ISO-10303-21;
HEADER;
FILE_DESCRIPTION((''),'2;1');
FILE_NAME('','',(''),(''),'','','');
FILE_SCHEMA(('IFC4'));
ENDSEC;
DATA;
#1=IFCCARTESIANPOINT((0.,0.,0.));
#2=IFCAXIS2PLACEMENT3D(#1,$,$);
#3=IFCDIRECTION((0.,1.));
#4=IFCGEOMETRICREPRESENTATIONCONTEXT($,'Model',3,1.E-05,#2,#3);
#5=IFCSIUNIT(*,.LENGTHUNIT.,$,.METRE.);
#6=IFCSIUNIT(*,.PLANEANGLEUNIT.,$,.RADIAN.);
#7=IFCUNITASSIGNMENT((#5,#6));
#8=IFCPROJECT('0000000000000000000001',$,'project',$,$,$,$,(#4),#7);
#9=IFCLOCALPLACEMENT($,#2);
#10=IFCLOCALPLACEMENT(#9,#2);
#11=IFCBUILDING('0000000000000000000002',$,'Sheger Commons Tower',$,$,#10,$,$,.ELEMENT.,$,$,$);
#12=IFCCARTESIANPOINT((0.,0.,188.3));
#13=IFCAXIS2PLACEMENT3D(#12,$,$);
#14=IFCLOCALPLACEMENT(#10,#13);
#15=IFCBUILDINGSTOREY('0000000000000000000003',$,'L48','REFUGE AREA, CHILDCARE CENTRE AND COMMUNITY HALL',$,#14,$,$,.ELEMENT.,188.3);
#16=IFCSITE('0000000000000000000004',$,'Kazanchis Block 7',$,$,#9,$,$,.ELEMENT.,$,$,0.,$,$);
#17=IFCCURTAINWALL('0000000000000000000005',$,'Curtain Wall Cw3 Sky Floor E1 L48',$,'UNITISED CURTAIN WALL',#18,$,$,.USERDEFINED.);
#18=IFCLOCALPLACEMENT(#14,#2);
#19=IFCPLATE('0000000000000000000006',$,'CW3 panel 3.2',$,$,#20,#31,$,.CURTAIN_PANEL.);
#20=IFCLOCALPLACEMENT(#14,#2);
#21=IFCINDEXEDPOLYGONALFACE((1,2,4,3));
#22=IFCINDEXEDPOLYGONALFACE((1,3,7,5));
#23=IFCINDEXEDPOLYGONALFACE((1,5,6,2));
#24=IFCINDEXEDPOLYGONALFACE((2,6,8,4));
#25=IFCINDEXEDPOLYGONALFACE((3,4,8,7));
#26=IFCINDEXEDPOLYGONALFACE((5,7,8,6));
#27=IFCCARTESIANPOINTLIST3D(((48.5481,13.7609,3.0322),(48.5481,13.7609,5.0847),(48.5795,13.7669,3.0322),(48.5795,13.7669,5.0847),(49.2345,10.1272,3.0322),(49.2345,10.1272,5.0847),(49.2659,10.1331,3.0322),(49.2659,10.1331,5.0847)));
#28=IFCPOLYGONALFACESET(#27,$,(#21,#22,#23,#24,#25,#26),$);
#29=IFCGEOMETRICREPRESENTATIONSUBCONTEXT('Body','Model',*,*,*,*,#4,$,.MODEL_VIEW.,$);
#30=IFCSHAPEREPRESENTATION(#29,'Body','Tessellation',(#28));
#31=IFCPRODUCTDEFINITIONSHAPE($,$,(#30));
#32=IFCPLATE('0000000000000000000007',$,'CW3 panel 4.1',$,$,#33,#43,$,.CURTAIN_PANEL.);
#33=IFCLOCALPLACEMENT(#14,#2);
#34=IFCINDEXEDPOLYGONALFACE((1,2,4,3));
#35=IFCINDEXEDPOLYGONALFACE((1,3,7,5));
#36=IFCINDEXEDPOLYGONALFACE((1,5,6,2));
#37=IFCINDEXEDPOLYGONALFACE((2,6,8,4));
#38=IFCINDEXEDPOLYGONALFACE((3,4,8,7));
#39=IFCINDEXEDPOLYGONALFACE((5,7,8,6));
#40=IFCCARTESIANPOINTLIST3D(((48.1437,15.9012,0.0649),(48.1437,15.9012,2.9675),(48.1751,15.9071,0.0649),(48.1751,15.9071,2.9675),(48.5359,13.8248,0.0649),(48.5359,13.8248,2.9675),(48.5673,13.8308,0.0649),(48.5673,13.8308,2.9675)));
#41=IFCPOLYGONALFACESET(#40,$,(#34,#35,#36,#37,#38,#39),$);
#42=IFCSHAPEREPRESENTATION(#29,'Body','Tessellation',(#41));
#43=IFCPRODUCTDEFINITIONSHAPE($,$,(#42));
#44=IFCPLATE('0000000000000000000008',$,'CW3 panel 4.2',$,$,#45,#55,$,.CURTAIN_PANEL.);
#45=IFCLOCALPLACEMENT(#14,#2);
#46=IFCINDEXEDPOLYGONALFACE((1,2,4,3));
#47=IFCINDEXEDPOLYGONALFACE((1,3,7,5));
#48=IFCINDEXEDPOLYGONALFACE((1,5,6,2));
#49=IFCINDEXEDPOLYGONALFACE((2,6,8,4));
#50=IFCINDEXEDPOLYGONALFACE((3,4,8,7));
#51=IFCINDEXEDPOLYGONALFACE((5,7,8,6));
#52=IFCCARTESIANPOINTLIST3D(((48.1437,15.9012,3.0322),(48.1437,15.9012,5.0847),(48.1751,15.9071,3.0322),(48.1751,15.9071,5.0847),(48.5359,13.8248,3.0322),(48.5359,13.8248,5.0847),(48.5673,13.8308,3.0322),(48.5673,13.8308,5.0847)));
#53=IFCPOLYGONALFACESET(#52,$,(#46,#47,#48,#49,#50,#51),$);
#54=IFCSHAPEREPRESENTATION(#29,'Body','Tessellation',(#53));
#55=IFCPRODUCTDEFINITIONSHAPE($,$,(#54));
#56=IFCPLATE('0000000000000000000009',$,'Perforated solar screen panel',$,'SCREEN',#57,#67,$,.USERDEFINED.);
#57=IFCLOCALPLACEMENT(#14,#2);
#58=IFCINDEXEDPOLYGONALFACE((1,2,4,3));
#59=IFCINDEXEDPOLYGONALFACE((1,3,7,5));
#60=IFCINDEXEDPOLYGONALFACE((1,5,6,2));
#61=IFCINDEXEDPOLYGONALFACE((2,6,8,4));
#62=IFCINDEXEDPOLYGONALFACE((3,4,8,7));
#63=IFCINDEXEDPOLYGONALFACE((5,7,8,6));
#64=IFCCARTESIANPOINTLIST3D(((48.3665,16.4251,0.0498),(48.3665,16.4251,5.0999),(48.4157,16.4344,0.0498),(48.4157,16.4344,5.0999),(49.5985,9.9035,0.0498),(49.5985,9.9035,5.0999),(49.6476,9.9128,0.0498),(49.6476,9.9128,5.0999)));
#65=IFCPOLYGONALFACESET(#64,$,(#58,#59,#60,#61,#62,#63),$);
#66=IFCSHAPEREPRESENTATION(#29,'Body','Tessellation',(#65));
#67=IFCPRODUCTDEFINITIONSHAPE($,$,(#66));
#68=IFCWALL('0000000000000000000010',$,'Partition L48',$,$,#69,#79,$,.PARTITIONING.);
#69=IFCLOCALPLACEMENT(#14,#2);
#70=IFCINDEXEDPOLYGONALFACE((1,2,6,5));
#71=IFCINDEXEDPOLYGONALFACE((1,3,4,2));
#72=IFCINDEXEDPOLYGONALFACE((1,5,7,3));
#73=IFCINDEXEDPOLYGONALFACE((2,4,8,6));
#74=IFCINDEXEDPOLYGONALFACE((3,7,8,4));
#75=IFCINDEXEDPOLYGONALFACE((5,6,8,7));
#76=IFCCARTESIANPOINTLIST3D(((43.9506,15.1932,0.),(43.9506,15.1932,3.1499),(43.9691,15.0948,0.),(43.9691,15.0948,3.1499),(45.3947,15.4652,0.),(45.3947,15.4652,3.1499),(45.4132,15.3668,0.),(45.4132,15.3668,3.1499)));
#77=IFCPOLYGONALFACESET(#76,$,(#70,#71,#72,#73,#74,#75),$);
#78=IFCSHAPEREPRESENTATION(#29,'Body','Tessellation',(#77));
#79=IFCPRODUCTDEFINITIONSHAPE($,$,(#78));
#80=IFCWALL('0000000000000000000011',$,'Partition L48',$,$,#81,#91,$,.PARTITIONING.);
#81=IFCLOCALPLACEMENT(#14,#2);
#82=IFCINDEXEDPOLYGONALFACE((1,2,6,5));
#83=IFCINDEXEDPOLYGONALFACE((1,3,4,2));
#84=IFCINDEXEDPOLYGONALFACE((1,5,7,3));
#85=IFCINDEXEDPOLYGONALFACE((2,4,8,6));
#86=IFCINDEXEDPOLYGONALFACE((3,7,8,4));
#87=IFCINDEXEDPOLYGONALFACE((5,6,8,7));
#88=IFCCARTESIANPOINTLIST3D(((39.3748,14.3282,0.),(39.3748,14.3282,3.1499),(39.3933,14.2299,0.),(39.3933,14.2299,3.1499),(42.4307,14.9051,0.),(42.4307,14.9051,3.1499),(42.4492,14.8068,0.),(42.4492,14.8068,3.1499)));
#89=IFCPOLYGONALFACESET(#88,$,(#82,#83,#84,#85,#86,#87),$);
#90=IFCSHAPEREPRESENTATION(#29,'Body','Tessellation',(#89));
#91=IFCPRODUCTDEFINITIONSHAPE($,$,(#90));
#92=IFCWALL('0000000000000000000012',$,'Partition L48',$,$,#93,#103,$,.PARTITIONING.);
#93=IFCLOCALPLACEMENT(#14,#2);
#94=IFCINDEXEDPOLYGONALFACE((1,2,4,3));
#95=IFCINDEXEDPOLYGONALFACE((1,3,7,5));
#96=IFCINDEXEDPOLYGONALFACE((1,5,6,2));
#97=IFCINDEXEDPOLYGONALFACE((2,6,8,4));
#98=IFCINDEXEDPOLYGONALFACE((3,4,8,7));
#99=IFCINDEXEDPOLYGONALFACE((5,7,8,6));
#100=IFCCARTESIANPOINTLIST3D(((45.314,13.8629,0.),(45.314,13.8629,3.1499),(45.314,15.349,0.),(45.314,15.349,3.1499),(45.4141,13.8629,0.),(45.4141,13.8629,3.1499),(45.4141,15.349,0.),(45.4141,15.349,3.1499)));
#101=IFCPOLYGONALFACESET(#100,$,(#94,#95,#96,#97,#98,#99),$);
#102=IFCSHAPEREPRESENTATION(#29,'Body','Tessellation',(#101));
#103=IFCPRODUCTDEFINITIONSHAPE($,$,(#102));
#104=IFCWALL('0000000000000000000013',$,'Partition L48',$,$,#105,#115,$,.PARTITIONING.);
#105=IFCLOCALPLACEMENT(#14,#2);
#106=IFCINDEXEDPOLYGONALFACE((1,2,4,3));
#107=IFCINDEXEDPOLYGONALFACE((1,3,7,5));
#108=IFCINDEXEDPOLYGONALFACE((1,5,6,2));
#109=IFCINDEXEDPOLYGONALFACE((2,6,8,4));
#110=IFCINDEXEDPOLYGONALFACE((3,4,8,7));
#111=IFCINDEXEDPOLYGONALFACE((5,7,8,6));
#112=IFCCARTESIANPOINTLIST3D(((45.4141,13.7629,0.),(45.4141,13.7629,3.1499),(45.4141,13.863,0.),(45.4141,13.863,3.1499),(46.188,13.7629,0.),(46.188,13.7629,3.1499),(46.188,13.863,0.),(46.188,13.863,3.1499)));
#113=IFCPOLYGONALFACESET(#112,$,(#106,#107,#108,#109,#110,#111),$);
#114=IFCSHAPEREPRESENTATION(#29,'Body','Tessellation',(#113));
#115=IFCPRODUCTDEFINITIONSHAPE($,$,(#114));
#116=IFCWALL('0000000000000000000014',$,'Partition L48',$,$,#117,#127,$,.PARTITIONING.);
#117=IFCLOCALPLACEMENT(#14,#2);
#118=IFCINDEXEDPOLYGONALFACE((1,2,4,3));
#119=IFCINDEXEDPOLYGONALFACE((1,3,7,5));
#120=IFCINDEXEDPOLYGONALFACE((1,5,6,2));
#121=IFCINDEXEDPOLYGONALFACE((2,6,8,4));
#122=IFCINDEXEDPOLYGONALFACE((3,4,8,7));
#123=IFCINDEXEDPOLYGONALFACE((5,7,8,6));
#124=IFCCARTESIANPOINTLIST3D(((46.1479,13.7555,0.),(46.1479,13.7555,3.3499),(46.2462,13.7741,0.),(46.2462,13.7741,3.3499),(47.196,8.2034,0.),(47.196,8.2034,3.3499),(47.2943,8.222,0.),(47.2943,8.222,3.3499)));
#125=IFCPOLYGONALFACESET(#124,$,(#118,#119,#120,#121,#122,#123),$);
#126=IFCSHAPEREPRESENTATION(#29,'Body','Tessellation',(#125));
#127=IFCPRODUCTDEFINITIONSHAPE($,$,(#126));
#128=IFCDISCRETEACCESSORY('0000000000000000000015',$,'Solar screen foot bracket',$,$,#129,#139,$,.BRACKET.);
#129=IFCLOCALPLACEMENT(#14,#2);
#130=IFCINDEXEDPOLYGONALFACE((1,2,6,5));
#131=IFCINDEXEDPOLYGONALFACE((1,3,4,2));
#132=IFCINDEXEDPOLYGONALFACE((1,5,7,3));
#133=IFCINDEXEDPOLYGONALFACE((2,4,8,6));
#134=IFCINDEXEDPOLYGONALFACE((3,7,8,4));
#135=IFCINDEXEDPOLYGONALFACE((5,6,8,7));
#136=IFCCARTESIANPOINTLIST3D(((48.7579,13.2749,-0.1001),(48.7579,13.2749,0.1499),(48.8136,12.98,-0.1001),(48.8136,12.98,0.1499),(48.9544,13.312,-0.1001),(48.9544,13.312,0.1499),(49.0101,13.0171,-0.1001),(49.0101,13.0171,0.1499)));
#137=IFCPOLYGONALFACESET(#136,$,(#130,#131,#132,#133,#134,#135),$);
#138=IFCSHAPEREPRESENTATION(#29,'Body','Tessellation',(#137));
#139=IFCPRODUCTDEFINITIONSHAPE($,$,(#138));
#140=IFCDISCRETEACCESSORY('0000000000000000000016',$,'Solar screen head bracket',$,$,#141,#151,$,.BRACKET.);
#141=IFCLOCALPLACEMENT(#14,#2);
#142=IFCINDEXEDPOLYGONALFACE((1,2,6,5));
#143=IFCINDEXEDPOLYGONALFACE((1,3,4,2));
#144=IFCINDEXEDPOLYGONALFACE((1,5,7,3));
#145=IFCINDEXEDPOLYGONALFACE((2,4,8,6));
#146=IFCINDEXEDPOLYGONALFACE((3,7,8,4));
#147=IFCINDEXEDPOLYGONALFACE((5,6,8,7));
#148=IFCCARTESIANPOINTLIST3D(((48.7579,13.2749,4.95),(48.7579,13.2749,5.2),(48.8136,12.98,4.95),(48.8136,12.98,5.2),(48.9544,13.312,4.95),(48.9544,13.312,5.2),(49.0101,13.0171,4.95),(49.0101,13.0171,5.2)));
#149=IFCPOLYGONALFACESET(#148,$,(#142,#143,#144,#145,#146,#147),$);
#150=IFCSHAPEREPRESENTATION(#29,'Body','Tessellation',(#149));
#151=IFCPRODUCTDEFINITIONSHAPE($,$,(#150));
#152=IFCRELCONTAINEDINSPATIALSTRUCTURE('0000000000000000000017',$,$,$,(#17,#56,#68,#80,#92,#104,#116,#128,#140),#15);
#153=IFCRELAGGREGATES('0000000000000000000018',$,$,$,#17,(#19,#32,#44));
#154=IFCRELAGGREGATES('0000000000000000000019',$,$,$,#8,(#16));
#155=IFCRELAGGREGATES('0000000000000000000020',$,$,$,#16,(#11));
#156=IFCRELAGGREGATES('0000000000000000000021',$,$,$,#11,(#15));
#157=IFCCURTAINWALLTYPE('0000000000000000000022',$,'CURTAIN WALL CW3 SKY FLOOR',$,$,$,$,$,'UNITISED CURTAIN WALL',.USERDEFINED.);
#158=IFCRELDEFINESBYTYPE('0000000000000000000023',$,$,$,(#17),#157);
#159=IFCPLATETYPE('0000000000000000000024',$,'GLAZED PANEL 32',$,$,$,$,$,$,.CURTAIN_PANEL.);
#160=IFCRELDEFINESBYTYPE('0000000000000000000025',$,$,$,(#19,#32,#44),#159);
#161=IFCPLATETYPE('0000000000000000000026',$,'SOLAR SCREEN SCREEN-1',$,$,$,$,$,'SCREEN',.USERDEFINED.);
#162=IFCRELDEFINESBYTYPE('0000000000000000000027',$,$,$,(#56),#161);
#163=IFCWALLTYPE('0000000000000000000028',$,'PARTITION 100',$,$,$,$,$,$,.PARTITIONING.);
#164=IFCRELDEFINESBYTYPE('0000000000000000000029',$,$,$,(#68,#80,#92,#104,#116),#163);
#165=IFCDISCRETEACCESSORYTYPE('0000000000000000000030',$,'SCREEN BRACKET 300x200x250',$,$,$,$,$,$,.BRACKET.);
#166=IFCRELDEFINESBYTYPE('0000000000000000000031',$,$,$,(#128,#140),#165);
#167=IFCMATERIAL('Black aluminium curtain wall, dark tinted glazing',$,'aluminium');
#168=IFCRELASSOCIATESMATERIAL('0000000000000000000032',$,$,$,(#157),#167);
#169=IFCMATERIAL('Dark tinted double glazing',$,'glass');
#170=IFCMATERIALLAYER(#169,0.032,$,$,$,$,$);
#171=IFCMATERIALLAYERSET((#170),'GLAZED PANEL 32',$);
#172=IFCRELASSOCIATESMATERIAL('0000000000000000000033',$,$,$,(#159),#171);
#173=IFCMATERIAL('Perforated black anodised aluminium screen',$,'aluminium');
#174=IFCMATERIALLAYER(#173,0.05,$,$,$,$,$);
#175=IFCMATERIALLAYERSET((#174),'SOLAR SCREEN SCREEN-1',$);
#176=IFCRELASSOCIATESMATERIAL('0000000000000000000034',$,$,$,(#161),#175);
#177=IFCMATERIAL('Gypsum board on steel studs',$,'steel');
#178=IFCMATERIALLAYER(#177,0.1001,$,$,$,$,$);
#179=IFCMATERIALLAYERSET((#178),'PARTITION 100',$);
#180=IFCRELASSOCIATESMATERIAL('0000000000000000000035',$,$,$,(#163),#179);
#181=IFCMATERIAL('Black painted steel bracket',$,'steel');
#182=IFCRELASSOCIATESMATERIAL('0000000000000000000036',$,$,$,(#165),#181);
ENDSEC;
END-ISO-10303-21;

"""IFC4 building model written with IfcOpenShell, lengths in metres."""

from ifc_helpers import new_model, si_unit, direction, frame, frame_2d, origin, origin_2d, place, context, subcontext, project, spatial, rectangle, extrude, material, layer, layer_set, type_object, element, aggregate, save


model = new_model("IFC4")

# Units and contexts
model_context = context("Model", 3, precision=1e-05, world=origin(), true_north=direction((0.0, 1.0)))
body_context = subcontext(model_context, "Body", "Model", "MODEL_VIEW")
ifc_project = project(units=[si_unit("LENGTHUNIT", "METRE"), si_unit("PLANEANGLEUNIT", "RADIAN")], contexts=[model_context])

# Site, building, storey
site_placement = place(None, origin())
site = spatial("IfcSite", under=ifc_project, at=site_placement, Name="Kazanchis Block 7", CompositionType="ELEMENT", RefElevation=0.0)
building_placement = place(site_placement, origin())
building = spatial("IfcBuilding", under=site, at=building_placement, Name="Sheger Commons Tower", CompositionType="ELEMENT")
storey_placement = place(building_placement, frame((0.0, 0.0, 188.3)))
storey = spatial("IfcBuildingStorey", under=building, at=storey_placement, Name="L48", Description="REFUGE AREA, CHILDCARE CENTRE AND COMMUNITY HALL", CompositionType="ELEMENT", Elevation=188.3)

# Curtain wall
ifc_material_1 = material(Name="Black aluminium curtain wall, dark tinted glazing", Category="aluminium")
curtain_wall_type = type_object("IfcCurtainWallType", Name="CURTAIN WALL CW3 SKY FLOOR", ElementType="UNITISED CURTAIN WALL", PredefinedType="USERDEFINED", material=ifc_material_1)
curtain_wall_placement = place(storey_placement, origin())
curtain_wall = element("IfcCurtainWall", 1, at=curtain_wall_placement, inside=storey, type_object=curtain_wall_type, Name="Curtain Wall Cw3 Sky Floor E1 L48", ObjectType="UNITISED CURTAIN WALL", PredefinedType="USERDEFINED")

# Plates
ifc_material_2 = material(Name="Dark tinted double glazing", Category="glass")
ifc_layer_1 = layer(ifc_material_2, 0.032)
ifc_layer_set_1 = layer_set([ifc_layer_1], Name="GLAZED PANEL 32")
plate_type_1 = type_object("IfcPlateType", Name="GLAZED PANEL 32", PredefinedType="CURTAIN_PANEL", material=ifc_layer_set_1)
plate_1_placement = place(storey_placement, frame((48.907, 11.947, 3.0322), z_axis=(0.0, 0.0, 1.0), x_axis=(-0.18561, 0.982624, 0.0)))
plate_1 = element("IfcPlate", 2, at=plate_1_placement, type_object=plate_type_1, Name="CW3 panel 3.2", PredefinedType="CURTAIN_PANEL", context=body_context, shape_type="SweptSolid", body=[
    extrude(rectangle(XDim=3.698, YDim=0.032, at=origin_2d()), origin(), (0.0, 0.0, 1.0), 2.0525),
])
plate_2_placement = place(storey_placement, frame((48.3555, 14.866, 0.0649), z_axis=(0.0, 0.0, 1.0), x_axis=(-0.18561, 0.982624, 0.0)))
plate_2 = element("IfcPlate", 3, at=plate_2_placement, type_object=plate_type_1, Name="CW3 panel 4.1", PredefinedType="CURTAIN_PANEL", context=body_context, shape_type="SweptSolid", body=[
    extrude(rectangle(XDim=2.113, YDim=0.032, at=origin_2d()), origin(), (0.0, 0.0, 1.0), 2.9026),
])
plate_3_placement = place(storey_placement, frame((48.3555, 14.866, 3.0322), z_axis=(0.0, 0.0, 1.0), x_axis=(-0.18561, 0.982624, 0.0)))
plate_3 = element("IfcPlate", 4, at=plate_3_placement, type_object=plate_type_1, Name="CW3 panel 4.2", PredefinedType="CURTAIN_PANEL", context=body_context, shape_type="SweptSolid", body=[
    extrude(rectangle(XDim=2.113, YDim=0.032, at=origin_2d()), origin(), (0.0, 0.0, 1.0), 2.0525),
])
aggregate(curtain_wall, [plate_1, plate_2, plate_3])
ifc_material_3 = material(Name="Perforated black anodised aluminium screen", Category="aluminium")
ifc_layer_2 = layer(ifc_material_3, 0.05)
ifc_layer_set_2 = layer_set([ifc_layer_2], Name="SOLAR SCREEN SCREEN-1")
plate_type_2 = type_object("IfcPlateType", Name="SOLAR SCREEN SCREEN-1", ElementType="SCREEN", PredefinedType="USERDEFINED", material=ifc_layer_set_2)
plate_4_placement = place(storey_placement, frame((49.0071, 13.1689, 0.0498), z_axis=(0.0, 0.0, 1.0), x_axis=(-0.185615, 0.982623, 0.0)))
element("IfcPlate", 5, at=plate_4_placement, inside=storey, type_object=plate_type_2, Name="Perforated solar screen panel", ObjectType="SCREEN", PredefinedType="USERDEFINED", context=body_context, shape_type="SweptSolid", body=[
    extrude(rectangle(XDim=6.637, YDim=0.05, at=origin_2d()), origin(), (0.0, 0.0, 1.0), 5.05),
])

# Walls
ifc_material_4 = material(Name="Gypsum board on steel studs", Category="steel")
ifc_layer_3 = layer(ifc_material_4, 0.1001)
ifc_layer_set_3 = layer_set([ifc_layer_3], Name="PARTITION 100")
wall_type = type_object("IfcWallType", Name="PARTITION 100", PredefinedType="PARTITIONING", material=ifc_layer_set_3)
wall_1_placement = place(storey_placement, frame((45.4041, 15.416, 0.0), z_axis=(0.0, 0.0, 1.0), x_axis=(-0.982723, -0.185081, 0.0)))
element("IfcWall", 6, at=wall_1_placement, inside=storey, type_object=wall_type, Name="Partition L48", PredefinedType="PARTITIONING", context=body_context, shape_type="SweptSolid", body=[
    extrude(rectangle(XDim=1.4695, YDim=0.1001, at=frame_2d((0.7349, 0.0))), origin(), (0.0, 0.0, 1.0), 3.1499),
])
wall_2_placement = place(storey_placement, frame((42.4399, 14.856, 0.0), z_axis=(0.0, 0.0, 1.0), x_axis=(-0.982643, -0.185507, 0.0)))
element("IfcWall", 7, at=wall_2_placement, inside=storey, type_object=wall_type, Name="Partition L48", PredefinedType="PARTITIONING", context=body_context, shape_type="SweptSolid", body=[
    extrude(rectangle(XDim=3.1099, YDim=0.1001, at=frame_2d((1.5549, 0.0))), origin(), (0.0, 0.0, 1.0), 3.1499),
])
wall_3_placement = place(storey_placement, frame((45.364, 15.3491, 0.0), z_axis=(0.0, 0.0, 1.0), x_axis=(0.0, -1.0, 0.0)))
element("IfcWall", 8, at=wall_3_placement, inside=storey, type_object=wall_type, Name="Partition L48", PredefinedType="PARTITIONING", context=body_context, shape_type="SweptSolid", body=[
    extrude(rectangle(XDim=1.4861, YDim=0.1001, at=frame_2d((0.7432, 0.0))), origin(), (0.0, 0.0, 1.0), 3.1499),
])
wall_4_placement = place(storey_placement, frame((45.4141, 13.813, 0.0), z_axis=(0.0, 0.0, 1.0), x_axis=(1.0, 0.0, 0.0)))
element("IfcWall", 9, at=wall_4_placement, inside=storey, type_object=wall_type, Name="Partition L48", PredefinedType="PARTITIONING", context=body_context, shape_type="SweptSolid", body=[
    extrude(rectangle(XDim=0.7739, YDim=0.1001, at=frame_2d((0.387, 0.0))), origin(), (0.0, 0.0, 1.0), 3.1499),
])
wall_5_placement = place(storey_placement, frame((46.197, 13.7649, 0.0), z_axis=(0.0, 0.0, 1.0), x_axis=(0.185502, -0.982644, 0.0)))
element("IfcWall", 10, at=wall_5_placement, inside=storey, type_object=wall_type, Name="Partition L48", PredefinedType="PARTITIONING", context=body_context, shape_type="SweptSolid", body=[
    extrude(rectangle(XDim=5.6501, YDim=0.1001, at=frame_2d((2.8252, 0.0))), origin(), (0.0, 0.0, 1.0), 3.3499),
])

# Discrete accessories
ifc_material_5 = material(Name="Black painted steel bracket", Category="steel")
discrete_accessory_type = type_object("IfcDiscreteAccessoryType", Name="SCREEN BRACKET 300x200x250", PredefinedType="BRACKET", material=ifc_material_5)
for number, where, z_axis, x_axis, name in (
    (11, (48.884, 13.146, -0.1001), (0.0, 0.0, 1.0), (-0.185615, 0.982623, 0.0), "Solar screen foot bracket"),
    (12, (48.884, 13.146, 4.95), (0.0, 0.0, 1.0), (-0.185615, 0.982623, 0.0), "Solar screen head bracket"),
):
    element("IfcDiscreteAccessory", number, at=place(storey_placement, frame(where, z_axis=z_axis, x_axis=x_axis)), inside=storey, type_object=discrete_accessory_type, Name=name, PredefinedType="BRACKET", context=body_context, shape_type="SweptSolid", body=[
        extrude(rectangle(XDim=0.3, YDim=0.2, at=origin_2d()), origin(), (0.0, 0.0, 1.0), 0.25),
    ])

save(model, "model.ifc")
